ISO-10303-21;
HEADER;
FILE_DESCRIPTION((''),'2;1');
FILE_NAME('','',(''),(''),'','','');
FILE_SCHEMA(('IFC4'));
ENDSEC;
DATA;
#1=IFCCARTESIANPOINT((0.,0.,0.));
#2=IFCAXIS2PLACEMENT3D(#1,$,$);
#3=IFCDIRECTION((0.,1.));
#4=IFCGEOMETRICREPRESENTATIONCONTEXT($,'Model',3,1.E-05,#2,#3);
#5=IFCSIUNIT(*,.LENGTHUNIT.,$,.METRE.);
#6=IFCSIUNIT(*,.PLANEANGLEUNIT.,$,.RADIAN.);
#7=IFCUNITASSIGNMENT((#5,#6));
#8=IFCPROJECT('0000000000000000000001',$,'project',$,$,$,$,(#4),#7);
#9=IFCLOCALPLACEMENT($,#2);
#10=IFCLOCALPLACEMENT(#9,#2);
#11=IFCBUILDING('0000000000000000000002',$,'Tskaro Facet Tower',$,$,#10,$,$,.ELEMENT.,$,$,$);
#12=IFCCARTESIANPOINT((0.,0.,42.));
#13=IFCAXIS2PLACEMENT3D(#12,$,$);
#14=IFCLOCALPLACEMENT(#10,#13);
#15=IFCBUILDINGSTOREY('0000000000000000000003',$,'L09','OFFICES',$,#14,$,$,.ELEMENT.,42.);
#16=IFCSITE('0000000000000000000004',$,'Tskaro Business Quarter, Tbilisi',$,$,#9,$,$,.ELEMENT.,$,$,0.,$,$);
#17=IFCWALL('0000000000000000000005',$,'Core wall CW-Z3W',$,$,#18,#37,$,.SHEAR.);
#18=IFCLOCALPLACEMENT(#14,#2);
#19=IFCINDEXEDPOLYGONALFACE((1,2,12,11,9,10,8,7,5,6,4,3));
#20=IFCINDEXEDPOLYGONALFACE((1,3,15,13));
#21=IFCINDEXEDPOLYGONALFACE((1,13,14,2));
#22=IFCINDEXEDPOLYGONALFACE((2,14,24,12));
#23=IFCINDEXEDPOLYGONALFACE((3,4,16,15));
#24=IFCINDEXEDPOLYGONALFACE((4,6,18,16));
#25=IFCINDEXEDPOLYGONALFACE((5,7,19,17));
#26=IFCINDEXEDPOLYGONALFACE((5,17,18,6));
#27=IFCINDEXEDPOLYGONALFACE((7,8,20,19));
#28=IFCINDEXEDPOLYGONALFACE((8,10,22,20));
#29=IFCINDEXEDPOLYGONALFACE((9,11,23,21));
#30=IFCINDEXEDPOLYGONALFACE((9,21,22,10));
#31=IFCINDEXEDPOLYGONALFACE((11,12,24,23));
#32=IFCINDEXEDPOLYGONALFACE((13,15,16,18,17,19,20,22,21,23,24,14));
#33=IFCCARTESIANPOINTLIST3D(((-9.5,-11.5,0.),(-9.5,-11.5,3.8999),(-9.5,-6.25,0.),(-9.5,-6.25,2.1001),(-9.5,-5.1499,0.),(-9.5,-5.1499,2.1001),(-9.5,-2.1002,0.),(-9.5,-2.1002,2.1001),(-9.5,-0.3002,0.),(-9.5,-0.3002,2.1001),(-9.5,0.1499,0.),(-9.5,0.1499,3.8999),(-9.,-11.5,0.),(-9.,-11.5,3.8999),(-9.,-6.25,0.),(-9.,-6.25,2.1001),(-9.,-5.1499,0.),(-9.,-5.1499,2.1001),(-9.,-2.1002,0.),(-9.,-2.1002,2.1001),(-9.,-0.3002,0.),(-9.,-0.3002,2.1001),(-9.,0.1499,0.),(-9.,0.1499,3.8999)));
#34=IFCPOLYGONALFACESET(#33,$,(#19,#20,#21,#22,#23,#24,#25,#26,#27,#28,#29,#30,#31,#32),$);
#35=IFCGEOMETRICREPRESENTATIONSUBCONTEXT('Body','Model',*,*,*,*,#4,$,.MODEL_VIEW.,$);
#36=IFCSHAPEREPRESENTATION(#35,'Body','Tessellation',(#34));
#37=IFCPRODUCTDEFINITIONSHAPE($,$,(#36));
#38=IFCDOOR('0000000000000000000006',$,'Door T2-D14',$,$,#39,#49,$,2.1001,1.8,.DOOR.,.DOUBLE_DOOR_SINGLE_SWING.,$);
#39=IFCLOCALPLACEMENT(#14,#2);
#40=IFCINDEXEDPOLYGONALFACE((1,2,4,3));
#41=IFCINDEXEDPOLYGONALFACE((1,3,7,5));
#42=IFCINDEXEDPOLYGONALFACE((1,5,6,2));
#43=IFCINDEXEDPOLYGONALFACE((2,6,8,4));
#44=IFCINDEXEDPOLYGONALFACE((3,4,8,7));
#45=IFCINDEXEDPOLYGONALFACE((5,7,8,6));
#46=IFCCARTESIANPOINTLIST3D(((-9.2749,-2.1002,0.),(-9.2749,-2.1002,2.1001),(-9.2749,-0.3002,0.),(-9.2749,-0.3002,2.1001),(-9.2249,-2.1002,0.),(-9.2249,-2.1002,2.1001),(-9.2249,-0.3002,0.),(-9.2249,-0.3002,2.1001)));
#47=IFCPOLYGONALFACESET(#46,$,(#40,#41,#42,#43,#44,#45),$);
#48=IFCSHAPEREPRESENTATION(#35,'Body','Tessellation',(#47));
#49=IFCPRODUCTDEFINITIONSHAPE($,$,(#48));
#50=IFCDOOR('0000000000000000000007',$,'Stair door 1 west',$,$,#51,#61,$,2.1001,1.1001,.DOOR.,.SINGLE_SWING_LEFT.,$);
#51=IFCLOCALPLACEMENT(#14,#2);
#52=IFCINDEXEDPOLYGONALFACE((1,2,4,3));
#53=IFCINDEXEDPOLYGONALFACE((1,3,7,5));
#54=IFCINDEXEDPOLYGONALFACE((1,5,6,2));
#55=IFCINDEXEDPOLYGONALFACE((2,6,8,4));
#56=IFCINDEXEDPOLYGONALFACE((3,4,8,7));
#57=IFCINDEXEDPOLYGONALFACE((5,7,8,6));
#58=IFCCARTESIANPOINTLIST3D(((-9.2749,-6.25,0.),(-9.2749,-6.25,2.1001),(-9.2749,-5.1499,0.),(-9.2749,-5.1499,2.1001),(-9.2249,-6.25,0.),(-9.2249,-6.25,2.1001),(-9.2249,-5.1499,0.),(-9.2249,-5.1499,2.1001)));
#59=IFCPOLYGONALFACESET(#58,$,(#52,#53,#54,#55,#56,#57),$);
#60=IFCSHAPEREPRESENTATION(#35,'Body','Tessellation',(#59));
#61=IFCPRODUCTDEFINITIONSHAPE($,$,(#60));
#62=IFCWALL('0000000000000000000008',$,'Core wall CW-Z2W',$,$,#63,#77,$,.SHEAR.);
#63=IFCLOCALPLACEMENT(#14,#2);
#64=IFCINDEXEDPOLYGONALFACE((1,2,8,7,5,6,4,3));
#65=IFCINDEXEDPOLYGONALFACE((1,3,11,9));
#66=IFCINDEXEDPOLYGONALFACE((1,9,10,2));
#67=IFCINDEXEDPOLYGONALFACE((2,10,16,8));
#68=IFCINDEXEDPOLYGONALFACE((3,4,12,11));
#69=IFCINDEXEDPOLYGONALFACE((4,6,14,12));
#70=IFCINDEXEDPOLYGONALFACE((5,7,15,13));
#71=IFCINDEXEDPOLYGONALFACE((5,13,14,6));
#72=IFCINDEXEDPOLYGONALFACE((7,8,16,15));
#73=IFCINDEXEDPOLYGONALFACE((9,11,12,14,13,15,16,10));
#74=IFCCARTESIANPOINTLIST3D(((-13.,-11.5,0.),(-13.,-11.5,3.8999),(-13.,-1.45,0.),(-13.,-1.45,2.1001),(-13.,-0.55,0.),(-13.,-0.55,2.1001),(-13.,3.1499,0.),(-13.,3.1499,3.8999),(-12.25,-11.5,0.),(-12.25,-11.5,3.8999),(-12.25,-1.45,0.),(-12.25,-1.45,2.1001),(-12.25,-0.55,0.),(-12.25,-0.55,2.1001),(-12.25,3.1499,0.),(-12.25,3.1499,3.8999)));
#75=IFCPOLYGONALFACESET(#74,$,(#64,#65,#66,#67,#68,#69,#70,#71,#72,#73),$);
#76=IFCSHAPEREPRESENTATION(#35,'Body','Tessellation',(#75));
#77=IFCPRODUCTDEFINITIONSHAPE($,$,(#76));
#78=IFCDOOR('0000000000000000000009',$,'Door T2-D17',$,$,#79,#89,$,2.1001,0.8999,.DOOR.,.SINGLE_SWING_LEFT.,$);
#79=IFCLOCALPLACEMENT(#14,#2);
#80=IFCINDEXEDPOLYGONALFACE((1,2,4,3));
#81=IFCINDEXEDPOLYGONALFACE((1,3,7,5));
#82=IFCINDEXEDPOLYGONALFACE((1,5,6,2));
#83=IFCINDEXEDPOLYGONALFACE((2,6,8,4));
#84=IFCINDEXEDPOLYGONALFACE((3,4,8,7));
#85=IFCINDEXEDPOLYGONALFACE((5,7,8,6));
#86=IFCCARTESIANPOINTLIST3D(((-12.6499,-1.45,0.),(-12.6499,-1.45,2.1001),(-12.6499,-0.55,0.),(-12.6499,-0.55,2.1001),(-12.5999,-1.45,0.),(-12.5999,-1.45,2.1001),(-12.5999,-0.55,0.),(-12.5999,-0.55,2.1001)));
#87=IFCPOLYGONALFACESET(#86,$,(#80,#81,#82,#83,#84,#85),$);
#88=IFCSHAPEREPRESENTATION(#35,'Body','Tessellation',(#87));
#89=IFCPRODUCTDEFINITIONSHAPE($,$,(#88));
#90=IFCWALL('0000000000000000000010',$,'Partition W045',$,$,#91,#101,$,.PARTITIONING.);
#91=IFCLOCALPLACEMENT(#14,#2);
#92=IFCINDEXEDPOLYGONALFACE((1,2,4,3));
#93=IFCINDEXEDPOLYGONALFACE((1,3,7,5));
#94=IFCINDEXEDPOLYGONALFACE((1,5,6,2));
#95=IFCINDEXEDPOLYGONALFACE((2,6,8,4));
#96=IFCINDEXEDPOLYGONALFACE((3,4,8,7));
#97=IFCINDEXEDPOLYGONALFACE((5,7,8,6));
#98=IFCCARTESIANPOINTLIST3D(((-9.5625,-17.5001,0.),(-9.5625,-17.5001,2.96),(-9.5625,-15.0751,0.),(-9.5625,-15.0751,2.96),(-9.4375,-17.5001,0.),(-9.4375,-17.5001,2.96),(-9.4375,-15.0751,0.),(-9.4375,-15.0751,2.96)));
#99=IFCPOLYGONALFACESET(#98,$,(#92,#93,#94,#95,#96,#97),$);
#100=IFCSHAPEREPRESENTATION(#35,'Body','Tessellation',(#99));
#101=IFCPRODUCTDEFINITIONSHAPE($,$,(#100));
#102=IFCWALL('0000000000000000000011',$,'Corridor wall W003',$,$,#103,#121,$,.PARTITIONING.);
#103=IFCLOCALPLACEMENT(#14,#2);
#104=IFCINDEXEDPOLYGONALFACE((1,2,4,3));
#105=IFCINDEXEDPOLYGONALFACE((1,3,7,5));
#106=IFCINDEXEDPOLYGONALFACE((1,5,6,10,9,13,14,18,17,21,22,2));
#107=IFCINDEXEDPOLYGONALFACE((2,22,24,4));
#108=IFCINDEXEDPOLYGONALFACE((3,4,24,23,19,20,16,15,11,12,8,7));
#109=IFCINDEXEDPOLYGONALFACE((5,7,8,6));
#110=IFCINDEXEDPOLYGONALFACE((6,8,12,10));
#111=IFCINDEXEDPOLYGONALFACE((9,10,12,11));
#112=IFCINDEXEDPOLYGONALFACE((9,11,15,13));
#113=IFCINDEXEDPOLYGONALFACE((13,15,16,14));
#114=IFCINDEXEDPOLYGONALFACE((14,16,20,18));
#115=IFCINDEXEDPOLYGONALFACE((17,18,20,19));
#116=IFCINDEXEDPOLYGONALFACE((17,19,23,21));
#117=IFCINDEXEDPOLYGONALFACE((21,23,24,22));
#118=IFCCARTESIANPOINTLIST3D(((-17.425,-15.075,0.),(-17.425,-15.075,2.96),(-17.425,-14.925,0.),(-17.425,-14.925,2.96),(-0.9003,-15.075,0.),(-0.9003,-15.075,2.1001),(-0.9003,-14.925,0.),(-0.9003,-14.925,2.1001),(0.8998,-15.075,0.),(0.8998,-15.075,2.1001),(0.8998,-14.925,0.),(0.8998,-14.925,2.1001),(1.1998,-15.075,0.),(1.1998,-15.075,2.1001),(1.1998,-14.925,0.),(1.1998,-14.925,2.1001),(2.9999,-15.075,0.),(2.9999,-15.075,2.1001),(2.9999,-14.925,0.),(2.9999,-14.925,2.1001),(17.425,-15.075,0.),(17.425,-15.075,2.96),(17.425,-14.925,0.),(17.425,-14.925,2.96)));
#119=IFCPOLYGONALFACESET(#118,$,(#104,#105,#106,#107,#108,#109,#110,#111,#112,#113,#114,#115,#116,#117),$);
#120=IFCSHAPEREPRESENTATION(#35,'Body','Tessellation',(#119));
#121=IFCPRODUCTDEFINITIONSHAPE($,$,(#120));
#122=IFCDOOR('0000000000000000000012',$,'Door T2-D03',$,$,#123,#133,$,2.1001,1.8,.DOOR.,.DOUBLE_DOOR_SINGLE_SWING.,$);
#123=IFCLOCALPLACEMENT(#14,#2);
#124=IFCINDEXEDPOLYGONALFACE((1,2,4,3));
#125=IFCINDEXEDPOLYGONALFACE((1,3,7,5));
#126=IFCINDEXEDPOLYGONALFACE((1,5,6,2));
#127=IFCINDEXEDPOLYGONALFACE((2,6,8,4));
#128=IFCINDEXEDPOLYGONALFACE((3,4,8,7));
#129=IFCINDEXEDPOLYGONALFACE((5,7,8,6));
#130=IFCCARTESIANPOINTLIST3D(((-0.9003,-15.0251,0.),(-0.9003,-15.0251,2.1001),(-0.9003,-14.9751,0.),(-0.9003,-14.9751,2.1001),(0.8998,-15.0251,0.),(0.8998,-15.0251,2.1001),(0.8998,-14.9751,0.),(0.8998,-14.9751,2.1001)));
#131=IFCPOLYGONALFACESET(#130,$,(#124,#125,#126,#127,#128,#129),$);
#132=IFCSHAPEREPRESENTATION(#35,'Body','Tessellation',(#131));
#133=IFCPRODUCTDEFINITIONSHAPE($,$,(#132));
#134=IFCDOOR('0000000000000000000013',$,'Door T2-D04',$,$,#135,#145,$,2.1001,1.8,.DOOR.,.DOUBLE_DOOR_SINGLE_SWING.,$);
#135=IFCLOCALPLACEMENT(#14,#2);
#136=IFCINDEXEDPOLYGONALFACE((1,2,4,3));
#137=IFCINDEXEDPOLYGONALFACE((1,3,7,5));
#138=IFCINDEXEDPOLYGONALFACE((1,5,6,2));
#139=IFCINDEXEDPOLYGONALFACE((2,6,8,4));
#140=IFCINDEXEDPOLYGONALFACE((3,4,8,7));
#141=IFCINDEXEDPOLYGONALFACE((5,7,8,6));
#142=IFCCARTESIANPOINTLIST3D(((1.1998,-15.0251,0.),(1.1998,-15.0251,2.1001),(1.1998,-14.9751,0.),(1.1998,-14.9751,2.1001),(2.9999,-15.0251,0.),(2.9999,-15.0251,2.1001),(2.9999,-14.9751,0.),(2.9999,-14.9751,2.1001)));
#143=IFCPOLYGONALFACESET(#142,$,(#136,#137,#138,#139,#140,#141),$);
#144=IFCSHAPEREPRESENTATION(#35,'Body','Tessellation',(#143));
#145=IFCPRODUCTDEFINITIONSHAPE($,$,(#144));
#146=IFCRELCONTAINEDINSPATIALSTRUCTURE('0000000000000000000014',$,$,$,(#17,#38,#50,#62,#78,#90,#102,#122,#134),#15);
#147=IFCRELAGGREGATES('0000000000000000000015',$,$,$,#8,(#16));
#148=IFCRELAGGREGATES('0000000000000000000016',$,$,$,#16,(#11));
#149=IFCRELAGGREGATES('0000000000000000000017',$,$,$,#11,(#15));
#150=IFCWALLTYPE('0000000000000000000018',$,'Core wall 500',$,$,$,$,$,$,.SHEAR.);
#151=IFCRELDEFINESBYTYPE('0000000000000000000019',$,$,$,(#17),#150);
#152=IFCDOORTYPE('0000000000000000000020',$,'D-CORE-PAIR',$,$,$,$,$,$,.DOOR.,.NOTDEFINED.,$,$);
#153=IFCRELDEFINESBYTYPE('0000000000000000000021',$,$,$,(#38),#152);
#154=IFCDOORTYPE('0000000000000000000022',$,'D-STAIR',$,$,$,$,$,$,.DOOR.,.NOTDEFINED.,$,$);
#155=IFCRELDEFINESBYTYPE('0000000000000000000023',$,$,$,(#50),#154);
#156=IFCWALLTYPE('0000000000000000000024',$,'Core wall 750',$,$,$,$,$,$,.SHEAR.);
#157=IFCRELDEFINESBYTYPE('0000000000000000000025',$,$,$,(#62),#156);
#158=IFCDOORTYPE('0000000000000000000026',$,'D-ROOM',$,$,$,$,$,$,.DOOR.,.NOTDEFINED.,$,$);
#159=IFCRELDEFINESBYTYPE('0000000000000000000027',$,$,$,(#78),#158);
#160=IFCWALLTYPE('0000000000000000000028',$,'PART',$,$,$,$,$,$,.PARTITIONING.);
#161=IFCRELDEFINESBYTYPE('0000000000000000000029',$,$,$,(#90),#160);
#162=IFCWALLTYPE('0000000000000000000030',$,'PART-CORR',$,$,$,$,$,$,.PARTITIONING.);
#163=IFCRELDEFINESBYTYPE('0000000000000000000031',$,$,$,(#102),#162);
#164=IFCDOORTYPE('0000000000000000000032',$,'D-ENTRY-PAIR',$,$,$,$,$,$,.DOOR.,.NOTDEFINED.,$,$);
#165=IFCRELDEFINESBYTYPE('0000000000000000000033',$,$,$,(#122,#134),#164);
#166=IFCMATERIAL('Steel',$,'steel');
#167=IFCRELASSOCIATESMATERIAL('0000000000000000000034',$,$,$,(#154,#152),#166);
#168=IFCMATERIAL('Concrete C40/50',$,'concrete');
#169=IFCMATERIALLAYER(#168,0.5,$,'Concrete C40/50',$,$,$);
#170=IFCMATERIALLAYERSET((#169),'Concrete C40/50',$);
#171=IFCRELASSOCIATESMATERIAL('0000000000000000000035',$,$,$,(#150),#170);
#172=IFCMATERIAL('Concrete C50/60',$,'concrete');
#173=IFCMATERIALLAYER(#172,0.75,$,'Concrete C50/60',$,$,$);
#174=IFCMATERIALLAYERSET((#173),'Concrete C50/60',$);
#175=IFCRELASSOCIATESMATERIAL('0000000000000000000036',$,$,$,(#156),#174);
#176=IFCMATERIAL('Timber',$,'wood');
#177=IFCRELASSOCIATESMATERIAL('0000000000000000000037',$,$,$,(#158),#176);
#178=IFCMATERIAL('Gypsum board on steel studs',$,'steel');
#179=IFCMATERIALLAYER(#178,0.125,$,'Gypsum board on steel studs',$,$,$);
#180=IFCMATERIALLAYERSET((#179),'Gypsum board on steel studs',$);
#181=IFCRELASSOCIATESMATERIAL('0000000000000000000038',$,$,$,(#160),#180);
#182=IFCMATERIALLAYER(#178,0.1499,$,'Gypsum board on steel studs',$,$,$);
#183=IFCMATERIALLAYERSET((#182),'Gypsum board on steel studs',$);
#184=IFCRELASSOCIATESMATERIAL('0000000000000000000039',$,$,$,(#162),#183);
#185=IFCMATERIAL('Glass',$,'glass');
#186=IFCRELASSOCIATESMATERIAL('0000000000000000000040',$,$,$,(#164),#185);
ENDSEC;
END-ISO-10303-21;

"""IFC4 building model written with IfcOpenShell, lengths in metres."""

from ifc_helpers import new_model, si_unit, direction, frame, frame_2d, origin, place, context, subcontext, project, spatial, rectangle, extrude, material, layer, layer_set, type_object, element, fill, save


model = new_model("IFC4")

# Units and contexts
model_context = context("Model", 3, precision=1e-05, world=origin(), true_north=direction((0.0, 1.0)))
body_context = subcontext(model_context, "Body", "Model", "MODEL_VIEW")
ifc_project = project(units=[si_unit("LENGTHUNIT", "METRE"), si_unit("PLANEANGLEUNIT", "RADIAN")], contexts=[model_context])

# Site, building, storey
site_placement = place(None, origin())
site = spatial("IfcSite", under=ifc_project, at=site_placement, Name="Tskaro Business Quarter, Tbilisi", CompositionType="ELEMENT", RefElevation=0.0)
building_placement = place(site_placement, origin())
building = spatial("IfcBuilding", under=site, at=building_placement, Name="Tskaro Facet Tower", CompositionType="ELEMENT")
storey_placement = place(building_placement, frame((0.0, 0.0, 42.0)))
storey = spatial("IfcBuildingStorey", under=building, at=storey_placement, Name="L09", Description="OFFICES", CompositionType="ELEMENT", Elevation=42.0)

# Shared definitions
ifc_material_1 = material(Name="Steel", Category="steel")
door_type_1 = type_object("IfcDoorType", Name="D-STAIR", OperationType="NOTDEFINED", PredefinedType="DOOR", material=ifc_material_1)

# Shared definitions
door_type_2 = type_object("IfcDoorType", Name="D-CORE-PAIR", OperationType="NOTDEFINED", PredefinedType="DOOR", material=ifc_material_1)

# Wall, openings, doors
ifc_material_2 = material(Name="Concrete C40/50", Category="concrete")
ifc_layer_1 = layer(ifc_material_2, 0.5, Name="Concrete C40/50")
ifc_layer_set_1 = layer_set([ifc_layer_1], Name="Concrete C40/50")
wall_type_1 = type_object("IfcWallType", Name="Core wall 500", PredefinedType="SHEAR", material=ifc_layer_set_1)
wall_1_placement = place(storey_placement, frame((-9.25, -11.5, 0.0), z_axis=(0.0, 0.0, 1.0), x_axis=(0.0, 1.0, 0.0)))
wall_1 = element("IfcWall", 1, at=wall_1_placement, inside=storey, type_object=wall_type_1, Name="Core wall CW-Z3W", PredefinedType="SHEAR", context=body_context, shape_type="SweptSolid", body=[
    extrude(rectangle(XDim=11.6499, YDim=0.5, at=frame_2d((5.825, 0.0))), origin(), (0.0, 0.0, 1.0), 3.8999),
])
opening_1_placement = place(wall_1_placement, frame((9.3999, 0.0, 0.0)))
opening_1 = element("IfcOpeningElement", 2, at=opening_1_placement, cuts=wall_1, PredefinedType="OPENING", context=body_context, shape_type="SweptSolid", body=[
    extrude(rectangle(XDim=1.8, YDim=2.1001, at=frame_2d((0.8999, 1.05))), frame((0.0, 0.26, 0.0), z_axis=(0.0, -1.0, 0.0), x_axis=(1.0, 0.0, 0.0)), (0.0, 0.0, 1.0), 0.52),
])
opening_2_placement = place(wall_1_placement, frame((5.25, 0.0, 0.0)))
opening_2 = element("IfcOpeningElement", 3, at=opening_2_placement, cuts=wall_1, PredefinedType="OPENING", context=body_context, shape_type="SweptSolid", body=[
    extrude(rectangle(XDim=1.1001, YDim=2.1001, at=frame_2d((0.55, 1.05))), frame((0.0, 0.26, 0.0), z_axis=(0.0, -1.0, 0.0), x_axis=(1.0, 0.0, 0.0)), (0.0, 0.0, 1.0), 0.52),
])
door_1_placement = place(opening_1_placement, origin())
door_1 = element("IfcDoor", 4, at=door_1_placement, inside=storey, type_object=door_type_2, Name="Door T2-D14", OperationType="DOUBLE_DOOR_SINGLE_SWING", OverallHeight=2.1001, OverallWidth=1.8, PredefinedType="DOOR", context=body_context, shape_type="SweptSolid", body=[
    extrude(rectangle(XDim=1.8, YDim=2.1001, at=frame_2d((0.8999, 1.05))), frame((0.0, 0.0249, 0.0), z_axis=(0.0, -1.0, 0.0), x_axis=(1.0, 0.0, 0.0)), (0.0, 0.0, 1.0), 0.05),
])
fill(opening_1, door_1)
door_2_placement = place(opening_2_placement, origin())
door_2 = element("IfcDoor", 5, at=door_2_placement, inside=storey, type_object=door_type_1, Name="Stair door 1 west", OperationType="SINGLE_SWING_LEFT", OverallHeight=2.1001, OverallWidth=1.1001, PredefinedType="DOOR", context=body_context, shape_type="SweptSolid", body=[
    extrude(rectangle(XDim=1.1001, YDim=2.1001, at=frame_2d((0.55, 1.05))), frame((0.0, 0.0249, 0.0), z_axis=(0.0, -1.0, 0.0), x_axis=(1.0, 0.0, 0.0)), (0.0, 0.0, 1.0), 0.05),
])
fill(opening_2, door_2)

# Wall, opening, door
ifc_material_3 = material(Name="Concrete C50/60", Category="concrete")
ifc_layer_2 = layer(ifc_material_3, 0.75, Name="Concrete C50/60")
ifc_layer_set_2 = layer_set([ifc_layer_2], Name="Concrete C50/60")
wall_type_2 = type_object("IfcWallType", Name="Core wall 750", PredefinedType="SHEAR", material=ifc_layer_set_2)
wall_2_placement = place(storey_placement, frame((-12.625, -11.5, 0.0), z_axis=(0.0, 0.0, 1.0), x_axis=(0.0, 1.0, 0.0)))
wall_2 = element("IfcWall", 6, at=wall_2_placement, inside=storey, type_object=wall_type_2, Name="Core wall CW-Z2W", PredefinedType="SHEAR", context=body_context, shape_type="SweptSolid", body=[
    extrude(rectangle(XDim=14.6499, YDim=0.75, at=frame_2d((7.325, 0.0))), origin(), (0.0, 0.0, 1.0), 3.8999),
])
opening_3_placement = place(wall_2_placement, frame((10.05, 0.0, 0.0)))
opening_3 = element("IfcOpeningElement", 7, at=opening_3_placement, cuts=wall_2, PredefinedType="OPENING", context=body_context, shape_type="SweptSolid", body=[
    extrude(rectangle(XDim=0.8999, YDim=2.1001, at=frame_2d((0.45, 1.05))), frame((0.0, 0.385, 0.0), z_axis=(0.0, -1.0, 0.0), x_axis=(1.0, 0.0, 0.0)), (0.0, 0.0, 1.0), 0.77),
])
ifc_material_4 = material(Name="Timber", Category="wood")
door_type_3 = type_object("IfcDoorType", Name="D-ROOM", OperationType="NOTDEFINED", PredefinedType="DOOR", material=ifc_material_4)
door_3_placement = place(opening_3_placement, origin())
door_3 = element("IfcDoor", 8, at=door_3_placement, inside=storey, type_object=door_type_3, Name="Door T2-D17", OperationType="SINGLE_SWING_LEFT", OverallHeight=2.1001, OverallWidth=0.8999, PredefinedType="DOOR", context=body_context, shape_type="SweptSolid", body=[
    extrude(rectangle(XDim=0.8999, YDim=2.1001, at=frame_2d((0.45, 1.05))), frame((0.0, 0.0249, 0.0), z_axis=(0.0, -1.0, 0.0), x_axis=(1.0, 0.0, 0.0)), (0.0, 0.0, 1.0), 0.05),
])
fill(opening_3, door_3)

# Wall
ifc_material_5 = material(Name="Gypsum board on steel studs", Category="steel")
ifc_layer_3 = layer(ifc_material_5, 0.125, Name="Gypsum board on steel studs")
ifc_layer_set_3 = layer_set([ifc_layer_3], Name="Gypsum board on steel studs")
wall_type_3 = type_object("IfcWallType", Name="PART", PredefinedType="PARTITIONING", material=ifc_layer_set_3)
wall_3_placement = place(storey_placement, frame((-9.5, -17.5, 0.0), z_axis=(0.0, 0.0, 1.0), x_axis=(0.0, 1.0, 0.0)))
element("IfcWall", 9, at=wall_3_placement, inside=storey, type_object=wall_type_3, Name="Partition W045", PredefinedType="PARTITIONING", context=body_context, shape_type="SweptSolid", body=[
    extrude(rectangle(XDim=2.425, YDim=0.125, at=frame_2d((1.2124, 0.0))), origin(), (0.0, 0.0, 1.0), 2.96),
])

# Wall, openings, doors
ifc_layer_4 = layer(ifc_material_5, 0.1499, Name="Gypsum board on steel studs")
ifc_layer_set_4 = layer_set([ifc_layer_4], Name="Gypsum board on steel studs")
wall_type_4 = type_object("IfcWallType", Name="PART-CORR", PredefinedType="PARTITIONING", material=ifc_layer_set_4)
wall_4_placement = place(storey_placement, frame((-17.425, -15.0, 0.0), z_axis=(0.0, 0.0, 1.0), x_axis=(1.0, 0.0, 0.0)))
wall_4 = element("IfcWall", 10, at=wall_4_placement, inside=storey, type_object=wall_type_4, Name="Corridor wall W003", PredefinedType="PARTITIONING", context=body_context, shape_type="SweptSolid", body=[
    extrude(rectangle(XDim=34.8501, YDim=0.1499, at=frame_2d((17.425, 0.0))), origin(), (0.0, 0.0, 1.0), 2.96),
])
opening_4_placement = place(wall_4_placement, frame((16.5249, 0.0, 0.0)))
opening_4 = element("IfcOpeningElement", 11, at=opening_4_placement, cuts=wall_4, PredefinedType="OPENING", context=body_context, shape_type="SweptSolid", body=[
    extrude(rectangle(XDim=1.8, YDim=2.1001, at=frame_2d((0.8999, 1.05))), frame((0.0, 0.085, 0.0), z_axis=(0.0, -1.0, 0.0), x_axis=(1.0, 0.0, 0.0)), (0.0, 0.0, 1.0), 0.1699),
])
opening_5_placement = place(wall_4_placement, frame((18.625, 0.0, 0.0)))
opening_5 = element("IfcOpeningElement", 12, at=opening_5_placement, cuts=wall_4, PredefinedType="OPENING", context=body_context, shape_type="SweptSolid", body=[
    extrude(rectangle(XDim=1.8, YDim=2.1001, at=frame_2d((0.8999, 1.05))), frame((0.0, 0.085, 0.0), z_axis=(0.0, -1.0, 0.0), x_axis=(1.0, 0.0, 0.0)), (0.0, 0.0, 1.0), 0.1699),
])
ifc_material_6 = material(Name="Glass", Category="glass")
door_type_4 = type_object("IfcDoorType", Name="D-ENTRY-PAIR", OperationType="NOTDEFINED", PredefinedType="DOOR", material=ifc_material_6)
door_4_placement = place(opening_4_placement, origin())
door_4 = element("IfcDoor", 13, at=door_4_placement, inside=storey, type_object=door_type_4, Name="Door T2-D03", OperationType="DOUBLE_DOOR_SINGLE_SWING", OverallHeight=2.1001, OverallWidth=1.8, PredefinedType="DOOR", context=body_context, shape_type="SweptSolid", body=[
    extrude(rectangle(XDim=1.8, YDim=2.1001, at=frame_2d((0.8999, 1.05))), frame((0.0, 0.0249, 0.0), z_axis=(0.0, -1.0, 0.0), x_axis=(1.0, 0.0, 0.0)), (0.0, 0.0, 1.0), 0.05),
])
fill(opening_4, door_4)
door_5_placement = place(opening_5_placement, origin())
door_5 = element("IfcDoor", 14, at=door_5_placement, inside=storey, type_object=door_type_4, Name="Door T2-D04", OperationType="DOUBLE_DOOR_SINGLE_SWING", OverallHeight=2.1001, OverallWidth=1.8, PredefinedType="DOOR", context=body_context, shape_type="SweptSolid", body=[
    extrude(rectangle(XDim=1.8, YDim=2.1001, at=frame_2d((0.8999, 1.05))), frame((0.0, 0.0249, 0.0), z_axis=(0.0, -1.0, 0.0), x_axis=(1.0, 0.0, 0.0)), (0.0, 0.0, 1.0), 0.05),
])
fill(opening_5, door_5)

save(model, "model.ifc")
